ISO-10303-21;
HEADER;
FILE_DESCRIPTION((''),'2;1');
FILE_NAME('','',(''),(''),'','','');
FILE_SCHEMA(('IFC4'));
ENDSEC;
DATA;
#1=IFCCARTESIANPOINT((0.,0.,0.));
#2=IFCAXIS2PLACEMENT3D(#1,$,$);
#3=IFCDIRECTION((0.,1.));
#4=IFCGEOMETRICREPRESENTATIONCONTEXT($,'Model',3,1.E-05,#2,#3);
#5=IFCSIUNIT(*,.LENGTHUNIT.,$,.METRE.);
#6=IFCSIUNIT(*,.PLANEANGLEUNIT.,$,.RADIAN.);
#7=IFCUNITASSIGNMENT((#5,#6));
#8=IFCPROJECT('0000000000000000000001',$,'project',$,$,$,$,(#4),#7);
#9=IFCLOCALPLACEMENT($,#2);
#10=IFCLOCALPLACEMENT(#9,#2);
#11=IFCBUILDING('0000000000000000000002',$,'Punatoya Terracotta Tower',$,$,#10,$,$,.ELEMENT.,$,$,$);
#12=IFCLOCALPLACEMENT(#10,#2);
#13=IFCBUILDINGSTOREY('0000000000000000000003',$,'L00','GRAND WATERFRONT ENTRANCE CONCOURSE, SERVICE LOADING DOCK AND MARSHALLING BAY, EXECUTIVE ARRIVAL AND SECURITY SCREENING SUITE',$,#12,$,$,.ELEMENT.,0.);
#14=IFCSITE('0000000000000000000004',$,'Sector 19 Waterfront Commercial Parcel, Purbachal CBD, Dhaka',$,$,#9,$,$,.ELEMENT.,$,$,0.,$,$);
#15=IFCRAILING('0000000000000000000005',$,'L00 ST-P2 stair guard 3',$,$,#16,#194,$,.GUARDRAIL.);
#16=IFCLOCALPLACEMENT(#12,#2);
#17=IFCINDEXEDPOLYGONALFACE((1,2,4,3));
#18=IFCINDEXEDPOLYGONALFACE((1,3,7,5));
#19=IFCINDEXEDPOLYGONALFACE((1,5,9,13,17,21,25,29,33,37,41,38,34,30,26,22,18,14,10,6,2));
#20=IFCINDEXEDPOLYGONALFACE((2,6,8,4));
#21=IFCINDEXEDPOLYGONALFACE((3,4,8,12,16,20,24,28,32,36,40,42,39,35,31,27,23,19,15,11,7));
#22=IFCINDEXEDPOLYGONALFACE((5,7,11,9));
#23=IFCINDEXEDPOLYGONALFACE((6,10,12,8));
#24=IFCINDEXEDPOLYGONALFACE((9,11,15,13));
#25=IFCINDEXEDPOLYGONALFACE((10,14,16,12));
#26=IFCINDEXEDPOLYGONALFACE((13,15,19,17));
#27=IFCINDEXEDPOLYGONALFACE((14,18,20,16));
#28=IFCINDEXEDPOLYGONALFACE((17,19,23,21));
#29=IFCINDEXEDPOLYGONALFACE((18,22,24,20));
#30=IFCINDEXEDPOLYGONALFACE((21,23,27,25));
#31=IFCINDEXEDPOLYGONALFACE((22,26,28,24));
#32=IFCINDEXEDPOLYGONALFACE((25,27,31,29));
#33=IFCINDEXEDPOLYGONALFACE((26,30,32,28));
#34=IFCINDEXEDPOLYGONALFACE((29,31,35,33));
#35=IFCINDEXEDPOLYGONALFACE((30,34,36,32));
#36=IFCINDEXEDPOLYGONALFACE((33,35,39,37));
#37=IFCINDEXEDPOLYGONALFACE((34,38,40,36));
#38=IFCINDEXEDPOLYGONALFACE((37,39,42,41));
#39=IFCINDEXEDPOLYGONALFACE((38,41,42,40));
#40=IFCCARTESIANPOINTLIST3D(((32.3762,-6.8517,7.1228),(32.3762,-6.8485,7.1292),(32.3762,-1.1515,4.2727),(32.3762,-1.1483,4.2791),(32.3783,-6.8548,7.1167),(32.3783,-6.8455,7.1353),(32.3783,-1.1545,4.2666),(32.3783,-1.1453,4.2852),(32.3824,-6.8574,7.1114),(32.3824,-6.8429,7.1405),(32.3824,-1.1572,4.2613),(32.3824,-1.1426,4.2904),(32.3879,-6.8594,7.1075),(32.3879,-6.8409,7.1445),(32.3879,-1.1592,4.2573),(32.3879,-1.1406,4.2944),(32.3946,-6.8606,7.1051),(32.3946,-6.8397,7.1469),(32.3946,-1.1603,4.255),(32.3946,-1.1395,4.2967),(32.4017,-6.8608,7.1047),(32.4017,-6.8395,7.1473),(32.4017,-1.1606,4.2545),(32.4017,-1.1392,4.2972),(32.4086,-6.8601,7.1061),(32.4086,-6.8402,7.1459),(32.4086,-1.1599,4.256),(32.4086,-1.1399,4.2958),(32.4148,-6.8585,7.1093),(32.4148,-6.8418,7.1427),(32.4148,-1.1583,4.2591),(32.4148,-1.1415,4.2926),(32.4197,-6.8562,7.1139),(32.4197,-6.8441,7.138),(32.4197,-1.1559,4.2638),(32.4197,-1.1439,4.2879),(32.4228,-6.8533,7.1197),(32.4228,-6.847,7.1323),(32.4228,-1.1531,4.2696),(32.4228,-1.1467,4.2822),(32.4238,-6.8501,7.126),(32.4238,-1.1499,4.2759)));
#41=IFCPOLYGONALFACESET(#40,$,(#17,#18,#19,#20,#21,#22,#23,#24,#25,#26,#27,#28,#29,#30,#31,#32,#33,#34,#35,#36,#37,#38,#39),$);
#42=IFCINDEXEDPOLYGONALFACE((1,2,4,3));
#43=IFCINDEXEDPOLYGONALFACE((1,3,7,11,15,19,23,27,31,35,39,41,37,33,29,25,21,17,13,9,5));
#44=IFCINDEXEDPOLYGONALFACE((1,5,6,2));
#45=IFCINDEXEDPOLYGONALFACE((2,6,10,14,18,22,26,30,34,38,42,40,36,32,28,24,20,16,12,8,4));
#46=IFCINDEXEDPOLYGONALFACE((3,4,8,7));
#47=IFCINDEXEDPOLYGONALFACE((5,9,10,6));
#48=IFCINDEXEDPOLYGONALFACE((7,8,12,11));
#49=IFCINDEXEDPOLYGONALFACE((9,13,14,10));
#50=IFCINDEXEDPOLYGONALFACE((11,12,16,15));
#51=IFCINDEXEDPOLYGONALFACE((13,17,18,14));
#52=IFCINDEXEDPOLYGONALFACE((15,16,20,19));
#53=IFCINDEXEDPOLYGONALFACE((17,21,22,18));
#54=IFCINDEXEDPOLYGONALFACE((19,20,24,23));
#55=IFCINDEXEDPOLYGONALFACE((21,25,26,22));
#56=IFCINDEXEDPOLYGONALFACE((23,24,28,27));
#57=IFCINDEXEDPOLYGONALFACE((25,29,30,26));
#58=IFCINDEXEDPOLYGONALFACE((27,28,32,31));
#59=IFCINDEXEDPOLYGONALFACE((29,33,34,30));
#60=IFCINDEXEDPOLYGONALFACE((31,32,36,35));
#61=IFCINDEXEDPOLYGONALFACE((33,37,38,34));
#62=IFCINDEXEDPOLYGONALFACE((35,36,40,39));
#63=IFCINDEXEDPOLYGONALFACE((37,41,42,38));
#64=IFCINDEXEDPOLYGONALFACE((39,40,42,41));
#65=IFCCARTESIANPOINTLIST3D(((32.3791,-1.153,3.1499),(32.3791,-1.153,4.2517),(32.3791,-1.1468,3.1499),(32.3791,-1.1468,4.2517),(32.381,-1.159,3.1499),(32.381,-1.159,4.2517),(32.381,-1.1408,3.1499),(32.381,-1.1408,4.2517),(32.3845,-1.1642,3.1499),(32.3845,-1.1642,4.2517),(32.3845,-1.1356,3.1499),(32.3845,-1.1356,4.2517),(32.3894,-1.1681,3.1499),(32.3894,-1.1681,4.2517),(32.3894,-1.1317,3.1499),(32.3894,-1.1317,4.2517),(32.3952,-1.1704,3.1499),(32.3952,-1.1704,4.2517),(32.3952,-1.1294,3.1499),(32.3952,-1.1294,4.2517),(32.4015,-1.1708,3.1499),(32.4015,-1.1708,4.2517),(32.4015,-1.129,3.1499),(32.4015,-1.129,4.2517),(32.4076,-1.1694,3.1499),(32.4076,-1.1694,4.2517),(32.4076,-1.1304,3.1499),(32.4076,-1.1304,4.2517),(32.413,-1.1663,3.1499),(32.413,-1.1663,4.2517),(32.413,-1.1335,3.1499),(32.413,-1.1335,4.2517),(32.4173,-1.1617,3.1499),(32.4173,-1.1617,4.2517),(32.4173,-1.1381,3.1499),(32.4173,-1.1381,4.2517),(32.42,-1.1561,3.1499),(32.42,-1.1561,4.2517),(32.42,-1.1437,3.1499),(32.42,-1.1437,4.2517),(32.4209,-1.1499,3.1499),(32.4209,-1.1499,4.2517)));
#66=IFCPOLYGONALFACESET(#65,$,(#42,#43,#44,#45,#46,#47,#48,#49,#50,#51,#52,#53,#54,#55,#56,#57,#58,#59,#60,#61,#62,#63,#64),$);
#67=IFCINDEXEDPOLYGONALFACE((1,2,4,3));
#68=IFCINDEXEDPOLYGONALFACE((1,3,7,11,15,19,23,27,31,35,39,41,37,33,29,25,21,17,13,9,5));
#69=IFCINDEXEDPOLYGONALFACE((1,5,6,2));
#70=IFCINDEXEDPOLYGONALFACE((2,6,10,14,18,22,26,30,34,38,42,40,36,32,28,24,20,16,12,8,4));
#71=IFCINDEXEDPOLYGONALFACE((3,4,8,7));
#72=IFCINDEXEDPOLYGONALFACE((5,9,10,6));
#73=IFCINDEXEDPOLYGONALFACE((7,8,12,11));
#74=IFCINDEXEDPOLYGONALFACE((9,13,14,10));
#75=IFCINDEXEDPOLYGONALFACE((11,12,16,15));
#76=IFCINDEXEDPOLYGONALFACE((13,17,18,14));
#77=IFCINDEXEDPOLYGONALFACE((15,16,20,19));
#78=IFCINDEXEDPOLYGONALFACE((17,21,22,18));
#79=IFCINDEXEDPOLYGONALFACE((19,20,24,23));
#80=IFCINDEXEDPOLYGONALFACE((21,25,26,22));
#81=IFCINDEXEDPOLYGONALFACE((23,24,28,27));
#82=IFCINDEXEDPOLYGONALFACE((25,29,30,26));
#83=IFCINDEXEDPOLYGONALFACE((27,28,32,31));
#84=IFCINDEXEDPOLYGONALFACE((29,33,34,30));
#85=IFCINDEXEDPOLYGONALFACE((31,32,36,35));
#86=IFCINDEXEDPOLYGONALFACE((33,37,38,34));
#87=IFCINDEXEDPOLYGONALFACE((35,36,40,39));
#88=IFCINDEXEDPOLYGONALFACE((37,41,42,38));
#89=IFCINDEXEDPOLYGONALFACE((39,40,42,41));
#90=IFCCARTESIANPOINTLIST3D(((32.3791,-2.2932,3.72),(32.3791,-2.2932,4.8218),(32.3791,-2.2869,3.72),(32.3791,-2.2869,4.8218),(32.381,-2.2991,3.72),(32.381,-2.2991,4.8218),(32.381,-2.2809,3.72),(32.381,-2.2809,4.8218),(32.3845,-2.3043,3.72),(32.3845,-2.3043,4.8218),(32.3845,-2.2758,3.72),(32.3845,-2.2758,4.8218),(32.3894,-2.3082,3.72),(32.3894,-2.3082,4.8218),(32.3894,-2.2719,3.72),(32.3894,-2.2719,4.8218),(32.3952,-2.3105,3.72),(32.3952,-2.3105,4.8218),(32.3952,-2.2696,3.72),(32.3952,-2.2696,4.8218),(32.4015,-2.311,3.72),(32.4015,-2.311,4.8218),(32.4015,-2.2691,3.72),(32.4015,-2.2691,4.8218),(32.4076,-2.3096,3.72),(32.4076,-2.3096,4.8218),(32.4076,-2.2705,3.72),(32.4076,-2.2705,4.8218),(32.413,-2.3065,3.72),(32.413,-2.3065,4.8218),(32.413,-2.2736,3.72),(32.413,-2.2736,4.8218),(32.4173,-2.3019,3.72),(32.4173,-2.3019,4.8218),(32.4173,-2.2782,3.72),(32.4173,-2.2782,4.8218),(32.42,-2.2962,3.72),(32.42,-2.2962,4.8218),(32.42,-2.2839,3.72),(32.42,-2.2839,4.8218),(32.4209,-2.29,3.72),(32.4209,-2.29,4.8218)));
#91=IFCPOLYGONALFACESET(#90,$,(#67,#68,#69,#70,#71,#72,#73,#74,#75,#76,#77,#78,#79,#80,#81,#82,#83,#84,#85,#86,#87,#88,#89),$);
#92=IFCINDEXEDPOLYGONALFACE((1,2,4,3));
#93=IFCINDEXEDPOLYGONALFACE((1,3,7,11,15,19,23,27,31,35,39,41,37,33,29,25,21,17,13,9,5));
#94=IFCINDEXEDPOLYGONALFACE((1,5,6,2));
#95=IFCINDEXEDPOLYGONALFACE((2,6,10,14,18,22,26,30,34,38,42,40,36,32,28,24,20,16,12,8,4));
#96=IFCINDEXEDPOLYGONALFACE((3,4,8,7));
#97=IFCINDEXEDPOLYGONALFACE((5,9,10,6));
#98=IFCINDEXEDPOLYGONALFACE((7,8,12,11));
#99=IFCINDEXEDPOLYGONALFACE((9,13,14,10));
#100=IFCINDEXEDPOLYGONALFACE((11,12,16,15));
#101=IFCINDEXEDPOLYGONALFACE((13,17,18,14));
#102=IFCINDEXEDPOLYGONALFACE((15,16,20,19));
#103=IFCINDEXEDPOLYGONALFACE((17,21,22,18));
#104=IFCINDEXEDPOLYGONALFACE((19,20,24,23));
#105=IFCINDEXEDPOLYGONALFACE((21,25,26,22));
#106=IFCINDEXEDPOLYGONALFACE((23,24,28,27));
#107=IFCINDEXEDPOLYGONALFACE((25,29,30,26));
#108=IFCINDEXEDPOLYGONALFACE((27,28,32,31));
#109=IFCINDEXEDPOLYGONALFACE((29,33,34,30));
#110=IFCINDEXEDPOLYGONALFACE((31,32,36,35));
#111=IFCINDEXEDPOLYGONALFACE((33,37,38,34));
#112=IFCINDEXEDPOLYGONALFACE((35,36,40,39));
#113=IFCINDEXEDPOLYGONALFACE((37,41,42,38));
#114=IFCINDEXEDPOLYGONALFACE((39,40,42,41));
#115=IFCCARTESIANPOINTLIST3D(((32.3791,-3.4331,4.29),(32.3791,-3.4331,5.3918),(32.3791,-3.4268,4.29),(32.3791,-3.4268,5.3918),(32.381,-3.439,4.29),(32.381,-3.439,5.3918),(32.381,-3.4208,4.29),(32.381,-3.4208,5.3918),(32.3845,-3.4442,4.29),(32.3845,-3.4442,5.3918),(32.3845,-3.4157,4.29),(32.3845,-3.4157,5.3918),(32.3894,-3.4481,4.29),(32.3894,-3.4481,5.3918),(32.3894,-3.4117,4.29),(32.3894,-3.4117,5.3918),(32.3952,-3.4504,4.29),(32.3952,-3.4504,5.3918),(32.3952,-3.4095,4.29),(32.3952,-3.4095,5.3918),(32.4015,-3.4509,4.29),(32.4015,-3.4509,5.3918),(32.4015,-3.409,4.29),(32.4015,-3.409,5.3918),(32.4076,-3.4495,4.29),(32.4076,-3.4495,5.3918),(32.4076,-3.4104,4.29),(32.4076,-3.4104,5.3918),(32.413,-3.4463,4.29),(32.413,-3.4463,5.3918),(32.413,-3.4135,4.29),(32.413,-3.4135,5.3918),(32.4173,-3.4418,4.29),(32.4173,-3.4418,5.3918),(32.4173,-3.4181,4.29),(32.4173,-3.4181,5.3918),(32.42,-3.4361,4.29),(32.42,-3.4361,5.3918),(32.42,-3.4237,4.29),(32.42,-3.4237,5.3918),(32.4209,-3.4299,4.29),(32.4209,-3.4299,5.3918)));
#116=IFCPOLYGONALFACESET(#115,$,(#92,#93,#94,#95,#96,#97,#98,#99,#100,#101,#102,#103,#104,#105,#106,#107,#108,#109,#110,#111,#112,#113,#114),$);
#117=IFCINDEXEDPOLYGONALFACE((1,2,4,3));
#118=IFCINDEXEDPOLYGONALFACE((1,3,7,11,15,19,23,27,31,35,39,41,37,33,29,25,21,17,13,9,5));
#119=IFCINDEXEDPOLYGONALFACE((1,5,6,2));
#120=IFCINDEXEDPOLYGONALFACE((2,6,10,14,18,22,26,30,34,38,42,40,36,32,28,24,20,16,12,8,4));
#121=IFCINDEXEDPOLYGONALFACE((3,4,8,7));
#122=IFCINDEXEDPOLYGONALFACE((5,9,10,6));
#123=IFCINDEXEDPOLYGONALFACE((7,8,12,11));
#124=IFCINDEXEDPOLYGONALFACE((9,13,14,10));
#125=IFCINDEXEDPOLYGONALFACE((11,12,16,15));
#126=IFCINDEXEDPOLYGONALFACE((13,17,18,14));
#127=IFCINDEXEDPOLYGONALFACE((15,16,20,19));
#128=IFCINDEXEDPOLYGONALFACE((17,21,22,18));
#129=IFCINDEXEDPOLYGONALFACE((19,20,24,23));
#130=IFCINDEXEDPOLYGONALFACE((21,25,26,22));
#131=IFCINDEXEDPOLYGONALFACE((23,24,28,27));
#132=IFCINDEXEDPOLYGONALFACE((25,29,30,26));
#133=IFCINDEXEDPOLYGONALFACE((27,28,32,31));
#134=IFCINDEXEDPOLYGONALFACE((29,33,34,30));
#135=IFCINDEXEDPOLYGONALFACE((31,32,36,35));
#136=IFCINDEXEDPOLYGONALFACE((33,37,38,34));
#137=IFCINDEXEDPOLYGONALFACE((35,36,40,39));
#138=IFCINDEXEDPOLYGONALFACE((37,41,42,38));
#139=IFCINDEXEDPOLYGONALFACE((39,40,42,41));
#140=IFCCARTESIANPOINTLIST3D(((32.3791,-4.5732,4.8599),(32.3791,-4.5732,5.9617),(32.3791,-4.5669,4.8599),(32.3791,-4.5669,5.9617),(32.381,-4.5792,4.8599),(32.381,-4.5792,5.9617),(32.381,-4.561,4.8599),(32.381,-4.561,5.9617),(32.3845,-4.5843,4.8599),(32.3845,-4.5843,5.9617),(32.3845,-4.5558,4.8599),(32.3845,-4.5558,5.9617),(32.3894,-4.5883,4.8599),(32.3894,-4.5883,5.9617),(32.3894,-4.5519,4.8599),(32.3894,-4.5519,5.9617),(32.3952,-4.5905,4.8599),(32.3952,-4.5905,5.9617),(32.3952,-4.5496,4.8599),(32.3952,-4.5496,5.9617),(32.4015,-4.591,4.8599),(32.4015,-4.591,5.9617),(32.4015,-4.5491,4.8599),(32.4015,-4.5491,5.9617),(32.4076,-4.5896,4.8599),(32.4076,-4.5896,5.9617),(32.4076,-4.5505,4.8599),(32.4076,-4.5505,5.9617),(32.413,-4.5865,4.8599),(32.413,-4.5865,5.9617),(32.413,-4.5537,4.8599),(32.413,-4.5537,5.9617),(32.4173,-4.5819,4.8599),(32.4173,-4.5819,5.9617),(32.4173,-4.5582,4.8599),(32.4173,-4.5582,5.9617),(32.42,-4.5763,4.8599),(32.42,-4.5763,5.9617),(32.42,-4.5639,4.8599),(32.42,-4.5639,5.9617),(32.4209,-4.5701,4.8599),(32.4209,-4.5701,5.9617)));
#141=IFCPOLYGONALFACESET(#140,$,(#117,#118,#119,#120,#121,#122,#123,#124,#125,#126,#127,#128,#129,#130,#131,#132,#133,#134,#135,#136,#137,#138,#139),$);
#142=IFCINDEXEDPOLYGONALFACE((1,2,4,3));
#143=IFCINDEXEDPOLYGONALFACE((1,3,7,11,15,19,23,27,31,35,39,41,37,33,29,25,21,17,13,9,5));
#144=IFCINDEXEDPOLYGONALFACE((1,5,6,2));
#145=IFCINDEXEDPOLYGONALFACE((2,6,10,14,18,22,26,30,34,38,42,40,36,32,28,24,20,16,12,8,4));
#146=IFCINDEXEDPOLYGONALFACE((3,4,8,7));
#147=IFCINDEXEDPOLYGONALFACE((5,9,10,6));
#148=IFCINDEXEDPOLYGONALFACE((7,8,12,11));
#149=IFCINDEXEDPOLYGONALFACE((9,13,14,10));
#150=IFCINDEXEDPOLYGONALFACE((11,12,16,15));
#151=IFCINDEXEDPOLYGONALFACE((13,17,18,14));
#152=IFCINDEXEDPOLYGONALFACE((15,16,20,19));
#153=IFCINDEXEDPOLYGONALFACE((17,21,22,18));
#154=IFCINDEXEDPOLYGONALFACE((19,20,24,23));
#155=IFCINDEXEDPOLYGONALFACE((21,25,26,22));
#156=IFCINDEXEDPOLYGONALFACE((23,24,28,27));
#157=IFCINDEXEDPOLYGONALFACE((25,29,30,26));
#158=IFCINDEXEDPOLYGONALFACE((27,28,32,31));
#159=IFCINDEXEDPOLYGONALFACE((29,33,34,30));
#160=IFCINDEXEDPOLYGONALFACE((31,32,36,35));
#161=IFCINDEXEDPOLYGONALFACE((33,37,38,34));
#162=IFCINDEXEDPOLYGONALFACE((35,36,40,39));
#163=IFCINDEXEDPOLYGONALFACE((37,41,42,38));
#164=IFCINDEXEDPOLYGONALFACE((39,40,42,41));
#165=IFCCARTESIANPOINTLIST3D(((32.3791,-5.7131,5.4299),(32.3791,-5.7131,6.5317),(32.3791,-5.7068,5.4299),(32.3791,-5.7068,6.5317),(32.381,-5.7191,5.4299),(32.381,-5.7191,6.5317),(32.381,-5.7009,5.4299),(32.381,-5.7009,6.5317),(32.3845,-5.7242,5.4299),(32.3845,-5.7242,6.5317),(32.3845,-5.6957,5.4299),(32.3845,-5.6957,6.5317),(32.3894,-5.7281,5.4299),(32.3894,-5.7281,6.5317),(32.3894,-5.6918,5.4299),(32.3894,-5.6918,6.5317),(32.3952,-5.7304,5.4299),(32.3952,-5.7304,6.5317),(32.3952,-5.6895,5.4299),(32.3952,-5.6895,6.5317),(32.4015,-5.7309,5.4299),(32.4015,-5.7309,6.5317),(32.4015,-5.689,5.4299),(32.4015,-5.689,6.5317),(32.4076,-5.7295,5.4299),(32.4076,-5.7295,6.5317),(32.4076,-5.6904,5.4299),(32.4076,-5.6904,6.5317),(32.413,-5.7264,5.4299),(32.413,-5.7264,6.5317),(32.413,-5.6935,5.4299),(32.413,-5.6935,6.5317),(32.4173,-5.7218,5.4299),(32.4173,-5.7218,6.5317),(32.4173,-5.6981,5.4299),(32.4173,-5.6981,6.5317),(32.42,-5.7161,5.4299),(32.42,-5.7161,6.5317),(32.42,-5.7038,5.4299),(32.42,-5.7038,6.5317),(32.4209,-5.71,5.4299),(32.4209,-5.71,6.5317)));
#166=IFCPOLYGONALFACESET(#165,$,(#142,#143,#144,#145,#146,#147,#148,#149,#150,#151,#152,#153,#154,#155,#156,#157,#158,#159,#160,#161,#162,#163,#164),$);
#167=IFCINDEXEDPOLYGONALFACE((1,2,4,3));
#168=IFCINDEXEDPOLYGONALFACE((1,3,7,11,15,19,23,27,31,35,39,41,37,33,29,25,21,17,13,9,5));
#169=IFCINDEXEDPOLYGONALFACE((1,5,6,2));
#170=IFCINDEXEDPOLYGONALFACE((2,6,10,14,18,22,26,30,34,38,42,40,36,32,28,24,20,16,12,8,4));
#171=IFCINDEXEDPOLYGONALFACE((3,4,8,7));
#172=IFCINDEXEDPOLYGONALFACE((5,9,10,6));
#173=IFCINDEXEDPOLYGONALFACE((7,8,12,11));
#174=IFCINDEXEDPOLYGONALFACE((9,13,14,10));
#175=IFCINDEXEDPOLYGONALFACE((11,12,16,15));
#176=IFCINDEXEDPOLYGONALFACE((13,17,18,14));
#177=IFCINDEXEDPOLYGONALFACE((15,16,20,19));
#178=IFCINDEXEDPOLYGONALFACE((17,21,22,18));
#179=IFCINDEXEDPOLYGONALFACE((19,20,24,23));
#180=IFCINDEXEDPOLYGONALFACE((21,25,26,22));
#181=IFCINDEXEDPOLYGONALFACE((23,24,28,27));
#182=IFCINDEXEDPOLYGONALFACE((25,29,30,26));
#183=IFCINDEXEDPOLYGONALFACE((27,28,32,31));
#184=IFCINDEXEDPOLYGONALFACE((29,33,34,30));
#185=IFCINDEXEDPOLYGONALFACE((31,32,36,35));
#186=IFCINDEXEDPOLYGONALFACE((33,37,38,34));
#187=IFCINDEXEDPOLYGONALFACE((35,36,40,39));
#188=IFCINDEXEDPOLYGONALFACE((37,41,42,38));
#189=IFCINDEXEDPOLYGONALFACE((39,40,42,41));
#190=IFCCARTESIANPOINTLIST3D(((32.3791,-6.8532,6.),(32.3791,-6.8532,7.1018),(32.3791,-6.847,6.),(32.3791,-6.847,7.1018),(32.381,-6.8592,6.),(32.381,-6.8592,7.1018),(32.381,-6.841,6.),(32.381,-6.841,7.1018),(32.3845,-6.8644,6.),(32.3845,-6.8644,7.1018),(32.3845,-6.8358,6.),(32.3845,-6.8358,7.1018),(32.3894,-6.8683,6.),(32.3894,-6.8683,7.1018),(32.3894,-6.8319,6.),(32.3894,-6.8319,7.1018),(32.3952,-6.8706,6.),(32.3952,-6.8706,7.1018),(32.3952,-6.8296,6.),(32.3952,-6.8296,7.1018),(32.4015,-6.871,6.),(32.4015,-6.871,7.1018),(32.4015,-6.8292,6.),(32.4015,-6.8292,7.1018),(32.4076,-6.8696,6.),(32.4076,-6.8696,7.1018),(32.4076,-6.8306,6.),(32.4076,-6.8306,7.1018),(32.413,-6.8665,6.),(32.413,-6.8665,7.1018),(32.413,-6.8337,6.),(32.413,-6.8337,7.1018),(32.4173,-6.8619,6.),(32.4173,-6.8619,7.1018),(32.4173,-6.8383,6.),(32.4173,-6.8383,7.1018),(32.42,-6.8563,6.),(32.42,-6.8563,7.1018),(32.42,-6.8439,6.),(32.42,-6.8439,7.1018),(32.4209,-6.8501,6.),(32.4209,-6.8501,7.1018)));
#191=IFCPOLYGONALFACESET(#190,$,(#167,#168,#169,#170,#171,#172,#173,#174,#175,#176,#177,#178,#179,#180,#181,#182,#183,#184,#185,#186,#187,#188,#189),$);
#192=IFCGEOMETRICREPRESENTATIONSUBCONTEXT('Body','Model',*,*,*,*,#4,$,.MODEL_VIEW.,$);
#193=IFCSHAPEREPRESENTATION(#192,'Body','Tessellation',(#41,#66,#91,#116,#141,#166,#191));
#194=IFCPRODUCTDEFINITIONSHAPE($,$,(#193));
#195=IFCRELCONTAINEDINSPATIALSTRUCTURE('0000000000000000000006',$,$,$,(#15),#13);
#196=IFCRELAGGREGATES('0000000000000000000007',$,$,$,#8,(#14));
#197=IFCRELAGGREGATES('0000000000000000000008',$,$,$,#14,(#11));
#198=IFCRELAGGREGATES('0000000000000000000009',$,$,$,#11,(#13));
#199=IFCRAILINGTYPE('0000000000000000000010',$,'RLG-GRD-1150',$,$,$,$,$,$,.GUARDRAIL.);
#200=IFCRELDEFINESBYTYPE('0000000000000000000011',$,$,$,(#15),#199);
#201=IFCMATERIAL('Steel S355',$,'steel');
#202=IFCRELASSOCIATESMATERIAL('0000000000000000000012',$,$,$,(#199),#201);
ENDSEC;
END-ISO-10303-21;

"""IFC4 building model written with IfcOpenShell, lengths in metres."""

from ifc_helpers import new_model, si_unit, direction, frame, origin, origin_2d, place, context, subcontext, project, spatial, circle, extrude, material, type_object, element, save


model = new_model("IFC4")

# Units and contexts
model_context = context("Model", 3, precision=1e-05, world=origin(), true_north=direction((0.0, 1.0)))
body_context = subcontext(model_context, "Body", "Model", "MODEL_VIEW")
ifc_project = project(units=[si_unit("LENGTHUNIT", "METRE"), si_unit("PLANEANGLEUNIT", "RADIAN")], contexts=[model_context])

# Site, building, storey
site_placement = place(None, origin())
site = spatial("IfcSite", under=ifc_project, at=site_placement, Name="Sector 19 Waterfront Commercial Parcel, Purbachal CBD, Dhaka", CompositionType="ELEMENT", RefElevation=0.0)
building_placement = place(site_placement, origin())
building = spatial("IfcBuilding", under=site, at=building_placement, Name="Punatoya Terracotta Tower", CompositionType="ELEMENT")
storey_placement = place(building_placement, origin())
storey = spatial("IfcBuildingStorey", under=building, at=storey_placement, Name="L00", Description="GRAND WATERFRONT ENTRANCE CONCOURSE, SERVICE LOADING DOCK AND MARSHALLING BAY, EXECUTIVE ARRIVAL AND SECURITY SCREENING SUITE", CompositionType="ELEMENT", Elevation=0.0)

# Shared definitions
ifc_material_1 = material(Name="Steel S355", Category="steel")

# Railing
railing_type_1 = type_object("IfcRailingType", Name="RLG-GRD-1150", PredefinedType="GUARDRAIL", material=ifc_material_1)
railing_1_placement = place(storey_placement, frame((32.3999, -1.1499, 3.1499)))
element("IfcRailing", 1, at=railing_1_placement, inside=storey, type_object=railing_type_1, Name="L00 ST-P2 stair guard 3", PredefinedType="GUARDRAIL", context=body_context, shape_type="SweptSolid", body=[
    extrude(circle(Radius=0.0239, at=origin_2d()), frame((0.0, 0.0, 1.126), z_axis=(0.0, -0.894427, 0.447214), x_axis=(1.0, 0.0, 0.0)), (0.0, 0.0, 1.0), 6.373),
    extrude(circle(Radius=0.021, at=origin_2d()), origin(), (0.0, 0.0, 1.0), 1.1018),
    extrude(circle(Radius=0.021, at=origin_2d()), frame((0.0, -1.1401, 0.5701)), (0.0, 0.0, 1.0), 1.1018),
    extrude(circle(Radius=0.021, at=origin_2d()), frame((0.0, -2.28, 1.1401)), (0.0, 0.0, 1.0), 1.1018),
    extrude(circle(Radius=0.021, at=origin_2d()), frame((0.0, -3.4202, 1.71)), (0.0, 0.0, 1.0), 1.1018),
    extrude(circle(Radius=0.021, at=origin_2d()), frame((0.0, -4.5601, 2.28)), (0.0, 0.0, 1.0), 1.1018),
    extrude(circle(Radius=0.021, at=origin_2d()), frame((0.0, -5.7002, 2.8501)), (0.0, 0.0, 1.0), 1.1018),
])

save(model, "model.ifc")
